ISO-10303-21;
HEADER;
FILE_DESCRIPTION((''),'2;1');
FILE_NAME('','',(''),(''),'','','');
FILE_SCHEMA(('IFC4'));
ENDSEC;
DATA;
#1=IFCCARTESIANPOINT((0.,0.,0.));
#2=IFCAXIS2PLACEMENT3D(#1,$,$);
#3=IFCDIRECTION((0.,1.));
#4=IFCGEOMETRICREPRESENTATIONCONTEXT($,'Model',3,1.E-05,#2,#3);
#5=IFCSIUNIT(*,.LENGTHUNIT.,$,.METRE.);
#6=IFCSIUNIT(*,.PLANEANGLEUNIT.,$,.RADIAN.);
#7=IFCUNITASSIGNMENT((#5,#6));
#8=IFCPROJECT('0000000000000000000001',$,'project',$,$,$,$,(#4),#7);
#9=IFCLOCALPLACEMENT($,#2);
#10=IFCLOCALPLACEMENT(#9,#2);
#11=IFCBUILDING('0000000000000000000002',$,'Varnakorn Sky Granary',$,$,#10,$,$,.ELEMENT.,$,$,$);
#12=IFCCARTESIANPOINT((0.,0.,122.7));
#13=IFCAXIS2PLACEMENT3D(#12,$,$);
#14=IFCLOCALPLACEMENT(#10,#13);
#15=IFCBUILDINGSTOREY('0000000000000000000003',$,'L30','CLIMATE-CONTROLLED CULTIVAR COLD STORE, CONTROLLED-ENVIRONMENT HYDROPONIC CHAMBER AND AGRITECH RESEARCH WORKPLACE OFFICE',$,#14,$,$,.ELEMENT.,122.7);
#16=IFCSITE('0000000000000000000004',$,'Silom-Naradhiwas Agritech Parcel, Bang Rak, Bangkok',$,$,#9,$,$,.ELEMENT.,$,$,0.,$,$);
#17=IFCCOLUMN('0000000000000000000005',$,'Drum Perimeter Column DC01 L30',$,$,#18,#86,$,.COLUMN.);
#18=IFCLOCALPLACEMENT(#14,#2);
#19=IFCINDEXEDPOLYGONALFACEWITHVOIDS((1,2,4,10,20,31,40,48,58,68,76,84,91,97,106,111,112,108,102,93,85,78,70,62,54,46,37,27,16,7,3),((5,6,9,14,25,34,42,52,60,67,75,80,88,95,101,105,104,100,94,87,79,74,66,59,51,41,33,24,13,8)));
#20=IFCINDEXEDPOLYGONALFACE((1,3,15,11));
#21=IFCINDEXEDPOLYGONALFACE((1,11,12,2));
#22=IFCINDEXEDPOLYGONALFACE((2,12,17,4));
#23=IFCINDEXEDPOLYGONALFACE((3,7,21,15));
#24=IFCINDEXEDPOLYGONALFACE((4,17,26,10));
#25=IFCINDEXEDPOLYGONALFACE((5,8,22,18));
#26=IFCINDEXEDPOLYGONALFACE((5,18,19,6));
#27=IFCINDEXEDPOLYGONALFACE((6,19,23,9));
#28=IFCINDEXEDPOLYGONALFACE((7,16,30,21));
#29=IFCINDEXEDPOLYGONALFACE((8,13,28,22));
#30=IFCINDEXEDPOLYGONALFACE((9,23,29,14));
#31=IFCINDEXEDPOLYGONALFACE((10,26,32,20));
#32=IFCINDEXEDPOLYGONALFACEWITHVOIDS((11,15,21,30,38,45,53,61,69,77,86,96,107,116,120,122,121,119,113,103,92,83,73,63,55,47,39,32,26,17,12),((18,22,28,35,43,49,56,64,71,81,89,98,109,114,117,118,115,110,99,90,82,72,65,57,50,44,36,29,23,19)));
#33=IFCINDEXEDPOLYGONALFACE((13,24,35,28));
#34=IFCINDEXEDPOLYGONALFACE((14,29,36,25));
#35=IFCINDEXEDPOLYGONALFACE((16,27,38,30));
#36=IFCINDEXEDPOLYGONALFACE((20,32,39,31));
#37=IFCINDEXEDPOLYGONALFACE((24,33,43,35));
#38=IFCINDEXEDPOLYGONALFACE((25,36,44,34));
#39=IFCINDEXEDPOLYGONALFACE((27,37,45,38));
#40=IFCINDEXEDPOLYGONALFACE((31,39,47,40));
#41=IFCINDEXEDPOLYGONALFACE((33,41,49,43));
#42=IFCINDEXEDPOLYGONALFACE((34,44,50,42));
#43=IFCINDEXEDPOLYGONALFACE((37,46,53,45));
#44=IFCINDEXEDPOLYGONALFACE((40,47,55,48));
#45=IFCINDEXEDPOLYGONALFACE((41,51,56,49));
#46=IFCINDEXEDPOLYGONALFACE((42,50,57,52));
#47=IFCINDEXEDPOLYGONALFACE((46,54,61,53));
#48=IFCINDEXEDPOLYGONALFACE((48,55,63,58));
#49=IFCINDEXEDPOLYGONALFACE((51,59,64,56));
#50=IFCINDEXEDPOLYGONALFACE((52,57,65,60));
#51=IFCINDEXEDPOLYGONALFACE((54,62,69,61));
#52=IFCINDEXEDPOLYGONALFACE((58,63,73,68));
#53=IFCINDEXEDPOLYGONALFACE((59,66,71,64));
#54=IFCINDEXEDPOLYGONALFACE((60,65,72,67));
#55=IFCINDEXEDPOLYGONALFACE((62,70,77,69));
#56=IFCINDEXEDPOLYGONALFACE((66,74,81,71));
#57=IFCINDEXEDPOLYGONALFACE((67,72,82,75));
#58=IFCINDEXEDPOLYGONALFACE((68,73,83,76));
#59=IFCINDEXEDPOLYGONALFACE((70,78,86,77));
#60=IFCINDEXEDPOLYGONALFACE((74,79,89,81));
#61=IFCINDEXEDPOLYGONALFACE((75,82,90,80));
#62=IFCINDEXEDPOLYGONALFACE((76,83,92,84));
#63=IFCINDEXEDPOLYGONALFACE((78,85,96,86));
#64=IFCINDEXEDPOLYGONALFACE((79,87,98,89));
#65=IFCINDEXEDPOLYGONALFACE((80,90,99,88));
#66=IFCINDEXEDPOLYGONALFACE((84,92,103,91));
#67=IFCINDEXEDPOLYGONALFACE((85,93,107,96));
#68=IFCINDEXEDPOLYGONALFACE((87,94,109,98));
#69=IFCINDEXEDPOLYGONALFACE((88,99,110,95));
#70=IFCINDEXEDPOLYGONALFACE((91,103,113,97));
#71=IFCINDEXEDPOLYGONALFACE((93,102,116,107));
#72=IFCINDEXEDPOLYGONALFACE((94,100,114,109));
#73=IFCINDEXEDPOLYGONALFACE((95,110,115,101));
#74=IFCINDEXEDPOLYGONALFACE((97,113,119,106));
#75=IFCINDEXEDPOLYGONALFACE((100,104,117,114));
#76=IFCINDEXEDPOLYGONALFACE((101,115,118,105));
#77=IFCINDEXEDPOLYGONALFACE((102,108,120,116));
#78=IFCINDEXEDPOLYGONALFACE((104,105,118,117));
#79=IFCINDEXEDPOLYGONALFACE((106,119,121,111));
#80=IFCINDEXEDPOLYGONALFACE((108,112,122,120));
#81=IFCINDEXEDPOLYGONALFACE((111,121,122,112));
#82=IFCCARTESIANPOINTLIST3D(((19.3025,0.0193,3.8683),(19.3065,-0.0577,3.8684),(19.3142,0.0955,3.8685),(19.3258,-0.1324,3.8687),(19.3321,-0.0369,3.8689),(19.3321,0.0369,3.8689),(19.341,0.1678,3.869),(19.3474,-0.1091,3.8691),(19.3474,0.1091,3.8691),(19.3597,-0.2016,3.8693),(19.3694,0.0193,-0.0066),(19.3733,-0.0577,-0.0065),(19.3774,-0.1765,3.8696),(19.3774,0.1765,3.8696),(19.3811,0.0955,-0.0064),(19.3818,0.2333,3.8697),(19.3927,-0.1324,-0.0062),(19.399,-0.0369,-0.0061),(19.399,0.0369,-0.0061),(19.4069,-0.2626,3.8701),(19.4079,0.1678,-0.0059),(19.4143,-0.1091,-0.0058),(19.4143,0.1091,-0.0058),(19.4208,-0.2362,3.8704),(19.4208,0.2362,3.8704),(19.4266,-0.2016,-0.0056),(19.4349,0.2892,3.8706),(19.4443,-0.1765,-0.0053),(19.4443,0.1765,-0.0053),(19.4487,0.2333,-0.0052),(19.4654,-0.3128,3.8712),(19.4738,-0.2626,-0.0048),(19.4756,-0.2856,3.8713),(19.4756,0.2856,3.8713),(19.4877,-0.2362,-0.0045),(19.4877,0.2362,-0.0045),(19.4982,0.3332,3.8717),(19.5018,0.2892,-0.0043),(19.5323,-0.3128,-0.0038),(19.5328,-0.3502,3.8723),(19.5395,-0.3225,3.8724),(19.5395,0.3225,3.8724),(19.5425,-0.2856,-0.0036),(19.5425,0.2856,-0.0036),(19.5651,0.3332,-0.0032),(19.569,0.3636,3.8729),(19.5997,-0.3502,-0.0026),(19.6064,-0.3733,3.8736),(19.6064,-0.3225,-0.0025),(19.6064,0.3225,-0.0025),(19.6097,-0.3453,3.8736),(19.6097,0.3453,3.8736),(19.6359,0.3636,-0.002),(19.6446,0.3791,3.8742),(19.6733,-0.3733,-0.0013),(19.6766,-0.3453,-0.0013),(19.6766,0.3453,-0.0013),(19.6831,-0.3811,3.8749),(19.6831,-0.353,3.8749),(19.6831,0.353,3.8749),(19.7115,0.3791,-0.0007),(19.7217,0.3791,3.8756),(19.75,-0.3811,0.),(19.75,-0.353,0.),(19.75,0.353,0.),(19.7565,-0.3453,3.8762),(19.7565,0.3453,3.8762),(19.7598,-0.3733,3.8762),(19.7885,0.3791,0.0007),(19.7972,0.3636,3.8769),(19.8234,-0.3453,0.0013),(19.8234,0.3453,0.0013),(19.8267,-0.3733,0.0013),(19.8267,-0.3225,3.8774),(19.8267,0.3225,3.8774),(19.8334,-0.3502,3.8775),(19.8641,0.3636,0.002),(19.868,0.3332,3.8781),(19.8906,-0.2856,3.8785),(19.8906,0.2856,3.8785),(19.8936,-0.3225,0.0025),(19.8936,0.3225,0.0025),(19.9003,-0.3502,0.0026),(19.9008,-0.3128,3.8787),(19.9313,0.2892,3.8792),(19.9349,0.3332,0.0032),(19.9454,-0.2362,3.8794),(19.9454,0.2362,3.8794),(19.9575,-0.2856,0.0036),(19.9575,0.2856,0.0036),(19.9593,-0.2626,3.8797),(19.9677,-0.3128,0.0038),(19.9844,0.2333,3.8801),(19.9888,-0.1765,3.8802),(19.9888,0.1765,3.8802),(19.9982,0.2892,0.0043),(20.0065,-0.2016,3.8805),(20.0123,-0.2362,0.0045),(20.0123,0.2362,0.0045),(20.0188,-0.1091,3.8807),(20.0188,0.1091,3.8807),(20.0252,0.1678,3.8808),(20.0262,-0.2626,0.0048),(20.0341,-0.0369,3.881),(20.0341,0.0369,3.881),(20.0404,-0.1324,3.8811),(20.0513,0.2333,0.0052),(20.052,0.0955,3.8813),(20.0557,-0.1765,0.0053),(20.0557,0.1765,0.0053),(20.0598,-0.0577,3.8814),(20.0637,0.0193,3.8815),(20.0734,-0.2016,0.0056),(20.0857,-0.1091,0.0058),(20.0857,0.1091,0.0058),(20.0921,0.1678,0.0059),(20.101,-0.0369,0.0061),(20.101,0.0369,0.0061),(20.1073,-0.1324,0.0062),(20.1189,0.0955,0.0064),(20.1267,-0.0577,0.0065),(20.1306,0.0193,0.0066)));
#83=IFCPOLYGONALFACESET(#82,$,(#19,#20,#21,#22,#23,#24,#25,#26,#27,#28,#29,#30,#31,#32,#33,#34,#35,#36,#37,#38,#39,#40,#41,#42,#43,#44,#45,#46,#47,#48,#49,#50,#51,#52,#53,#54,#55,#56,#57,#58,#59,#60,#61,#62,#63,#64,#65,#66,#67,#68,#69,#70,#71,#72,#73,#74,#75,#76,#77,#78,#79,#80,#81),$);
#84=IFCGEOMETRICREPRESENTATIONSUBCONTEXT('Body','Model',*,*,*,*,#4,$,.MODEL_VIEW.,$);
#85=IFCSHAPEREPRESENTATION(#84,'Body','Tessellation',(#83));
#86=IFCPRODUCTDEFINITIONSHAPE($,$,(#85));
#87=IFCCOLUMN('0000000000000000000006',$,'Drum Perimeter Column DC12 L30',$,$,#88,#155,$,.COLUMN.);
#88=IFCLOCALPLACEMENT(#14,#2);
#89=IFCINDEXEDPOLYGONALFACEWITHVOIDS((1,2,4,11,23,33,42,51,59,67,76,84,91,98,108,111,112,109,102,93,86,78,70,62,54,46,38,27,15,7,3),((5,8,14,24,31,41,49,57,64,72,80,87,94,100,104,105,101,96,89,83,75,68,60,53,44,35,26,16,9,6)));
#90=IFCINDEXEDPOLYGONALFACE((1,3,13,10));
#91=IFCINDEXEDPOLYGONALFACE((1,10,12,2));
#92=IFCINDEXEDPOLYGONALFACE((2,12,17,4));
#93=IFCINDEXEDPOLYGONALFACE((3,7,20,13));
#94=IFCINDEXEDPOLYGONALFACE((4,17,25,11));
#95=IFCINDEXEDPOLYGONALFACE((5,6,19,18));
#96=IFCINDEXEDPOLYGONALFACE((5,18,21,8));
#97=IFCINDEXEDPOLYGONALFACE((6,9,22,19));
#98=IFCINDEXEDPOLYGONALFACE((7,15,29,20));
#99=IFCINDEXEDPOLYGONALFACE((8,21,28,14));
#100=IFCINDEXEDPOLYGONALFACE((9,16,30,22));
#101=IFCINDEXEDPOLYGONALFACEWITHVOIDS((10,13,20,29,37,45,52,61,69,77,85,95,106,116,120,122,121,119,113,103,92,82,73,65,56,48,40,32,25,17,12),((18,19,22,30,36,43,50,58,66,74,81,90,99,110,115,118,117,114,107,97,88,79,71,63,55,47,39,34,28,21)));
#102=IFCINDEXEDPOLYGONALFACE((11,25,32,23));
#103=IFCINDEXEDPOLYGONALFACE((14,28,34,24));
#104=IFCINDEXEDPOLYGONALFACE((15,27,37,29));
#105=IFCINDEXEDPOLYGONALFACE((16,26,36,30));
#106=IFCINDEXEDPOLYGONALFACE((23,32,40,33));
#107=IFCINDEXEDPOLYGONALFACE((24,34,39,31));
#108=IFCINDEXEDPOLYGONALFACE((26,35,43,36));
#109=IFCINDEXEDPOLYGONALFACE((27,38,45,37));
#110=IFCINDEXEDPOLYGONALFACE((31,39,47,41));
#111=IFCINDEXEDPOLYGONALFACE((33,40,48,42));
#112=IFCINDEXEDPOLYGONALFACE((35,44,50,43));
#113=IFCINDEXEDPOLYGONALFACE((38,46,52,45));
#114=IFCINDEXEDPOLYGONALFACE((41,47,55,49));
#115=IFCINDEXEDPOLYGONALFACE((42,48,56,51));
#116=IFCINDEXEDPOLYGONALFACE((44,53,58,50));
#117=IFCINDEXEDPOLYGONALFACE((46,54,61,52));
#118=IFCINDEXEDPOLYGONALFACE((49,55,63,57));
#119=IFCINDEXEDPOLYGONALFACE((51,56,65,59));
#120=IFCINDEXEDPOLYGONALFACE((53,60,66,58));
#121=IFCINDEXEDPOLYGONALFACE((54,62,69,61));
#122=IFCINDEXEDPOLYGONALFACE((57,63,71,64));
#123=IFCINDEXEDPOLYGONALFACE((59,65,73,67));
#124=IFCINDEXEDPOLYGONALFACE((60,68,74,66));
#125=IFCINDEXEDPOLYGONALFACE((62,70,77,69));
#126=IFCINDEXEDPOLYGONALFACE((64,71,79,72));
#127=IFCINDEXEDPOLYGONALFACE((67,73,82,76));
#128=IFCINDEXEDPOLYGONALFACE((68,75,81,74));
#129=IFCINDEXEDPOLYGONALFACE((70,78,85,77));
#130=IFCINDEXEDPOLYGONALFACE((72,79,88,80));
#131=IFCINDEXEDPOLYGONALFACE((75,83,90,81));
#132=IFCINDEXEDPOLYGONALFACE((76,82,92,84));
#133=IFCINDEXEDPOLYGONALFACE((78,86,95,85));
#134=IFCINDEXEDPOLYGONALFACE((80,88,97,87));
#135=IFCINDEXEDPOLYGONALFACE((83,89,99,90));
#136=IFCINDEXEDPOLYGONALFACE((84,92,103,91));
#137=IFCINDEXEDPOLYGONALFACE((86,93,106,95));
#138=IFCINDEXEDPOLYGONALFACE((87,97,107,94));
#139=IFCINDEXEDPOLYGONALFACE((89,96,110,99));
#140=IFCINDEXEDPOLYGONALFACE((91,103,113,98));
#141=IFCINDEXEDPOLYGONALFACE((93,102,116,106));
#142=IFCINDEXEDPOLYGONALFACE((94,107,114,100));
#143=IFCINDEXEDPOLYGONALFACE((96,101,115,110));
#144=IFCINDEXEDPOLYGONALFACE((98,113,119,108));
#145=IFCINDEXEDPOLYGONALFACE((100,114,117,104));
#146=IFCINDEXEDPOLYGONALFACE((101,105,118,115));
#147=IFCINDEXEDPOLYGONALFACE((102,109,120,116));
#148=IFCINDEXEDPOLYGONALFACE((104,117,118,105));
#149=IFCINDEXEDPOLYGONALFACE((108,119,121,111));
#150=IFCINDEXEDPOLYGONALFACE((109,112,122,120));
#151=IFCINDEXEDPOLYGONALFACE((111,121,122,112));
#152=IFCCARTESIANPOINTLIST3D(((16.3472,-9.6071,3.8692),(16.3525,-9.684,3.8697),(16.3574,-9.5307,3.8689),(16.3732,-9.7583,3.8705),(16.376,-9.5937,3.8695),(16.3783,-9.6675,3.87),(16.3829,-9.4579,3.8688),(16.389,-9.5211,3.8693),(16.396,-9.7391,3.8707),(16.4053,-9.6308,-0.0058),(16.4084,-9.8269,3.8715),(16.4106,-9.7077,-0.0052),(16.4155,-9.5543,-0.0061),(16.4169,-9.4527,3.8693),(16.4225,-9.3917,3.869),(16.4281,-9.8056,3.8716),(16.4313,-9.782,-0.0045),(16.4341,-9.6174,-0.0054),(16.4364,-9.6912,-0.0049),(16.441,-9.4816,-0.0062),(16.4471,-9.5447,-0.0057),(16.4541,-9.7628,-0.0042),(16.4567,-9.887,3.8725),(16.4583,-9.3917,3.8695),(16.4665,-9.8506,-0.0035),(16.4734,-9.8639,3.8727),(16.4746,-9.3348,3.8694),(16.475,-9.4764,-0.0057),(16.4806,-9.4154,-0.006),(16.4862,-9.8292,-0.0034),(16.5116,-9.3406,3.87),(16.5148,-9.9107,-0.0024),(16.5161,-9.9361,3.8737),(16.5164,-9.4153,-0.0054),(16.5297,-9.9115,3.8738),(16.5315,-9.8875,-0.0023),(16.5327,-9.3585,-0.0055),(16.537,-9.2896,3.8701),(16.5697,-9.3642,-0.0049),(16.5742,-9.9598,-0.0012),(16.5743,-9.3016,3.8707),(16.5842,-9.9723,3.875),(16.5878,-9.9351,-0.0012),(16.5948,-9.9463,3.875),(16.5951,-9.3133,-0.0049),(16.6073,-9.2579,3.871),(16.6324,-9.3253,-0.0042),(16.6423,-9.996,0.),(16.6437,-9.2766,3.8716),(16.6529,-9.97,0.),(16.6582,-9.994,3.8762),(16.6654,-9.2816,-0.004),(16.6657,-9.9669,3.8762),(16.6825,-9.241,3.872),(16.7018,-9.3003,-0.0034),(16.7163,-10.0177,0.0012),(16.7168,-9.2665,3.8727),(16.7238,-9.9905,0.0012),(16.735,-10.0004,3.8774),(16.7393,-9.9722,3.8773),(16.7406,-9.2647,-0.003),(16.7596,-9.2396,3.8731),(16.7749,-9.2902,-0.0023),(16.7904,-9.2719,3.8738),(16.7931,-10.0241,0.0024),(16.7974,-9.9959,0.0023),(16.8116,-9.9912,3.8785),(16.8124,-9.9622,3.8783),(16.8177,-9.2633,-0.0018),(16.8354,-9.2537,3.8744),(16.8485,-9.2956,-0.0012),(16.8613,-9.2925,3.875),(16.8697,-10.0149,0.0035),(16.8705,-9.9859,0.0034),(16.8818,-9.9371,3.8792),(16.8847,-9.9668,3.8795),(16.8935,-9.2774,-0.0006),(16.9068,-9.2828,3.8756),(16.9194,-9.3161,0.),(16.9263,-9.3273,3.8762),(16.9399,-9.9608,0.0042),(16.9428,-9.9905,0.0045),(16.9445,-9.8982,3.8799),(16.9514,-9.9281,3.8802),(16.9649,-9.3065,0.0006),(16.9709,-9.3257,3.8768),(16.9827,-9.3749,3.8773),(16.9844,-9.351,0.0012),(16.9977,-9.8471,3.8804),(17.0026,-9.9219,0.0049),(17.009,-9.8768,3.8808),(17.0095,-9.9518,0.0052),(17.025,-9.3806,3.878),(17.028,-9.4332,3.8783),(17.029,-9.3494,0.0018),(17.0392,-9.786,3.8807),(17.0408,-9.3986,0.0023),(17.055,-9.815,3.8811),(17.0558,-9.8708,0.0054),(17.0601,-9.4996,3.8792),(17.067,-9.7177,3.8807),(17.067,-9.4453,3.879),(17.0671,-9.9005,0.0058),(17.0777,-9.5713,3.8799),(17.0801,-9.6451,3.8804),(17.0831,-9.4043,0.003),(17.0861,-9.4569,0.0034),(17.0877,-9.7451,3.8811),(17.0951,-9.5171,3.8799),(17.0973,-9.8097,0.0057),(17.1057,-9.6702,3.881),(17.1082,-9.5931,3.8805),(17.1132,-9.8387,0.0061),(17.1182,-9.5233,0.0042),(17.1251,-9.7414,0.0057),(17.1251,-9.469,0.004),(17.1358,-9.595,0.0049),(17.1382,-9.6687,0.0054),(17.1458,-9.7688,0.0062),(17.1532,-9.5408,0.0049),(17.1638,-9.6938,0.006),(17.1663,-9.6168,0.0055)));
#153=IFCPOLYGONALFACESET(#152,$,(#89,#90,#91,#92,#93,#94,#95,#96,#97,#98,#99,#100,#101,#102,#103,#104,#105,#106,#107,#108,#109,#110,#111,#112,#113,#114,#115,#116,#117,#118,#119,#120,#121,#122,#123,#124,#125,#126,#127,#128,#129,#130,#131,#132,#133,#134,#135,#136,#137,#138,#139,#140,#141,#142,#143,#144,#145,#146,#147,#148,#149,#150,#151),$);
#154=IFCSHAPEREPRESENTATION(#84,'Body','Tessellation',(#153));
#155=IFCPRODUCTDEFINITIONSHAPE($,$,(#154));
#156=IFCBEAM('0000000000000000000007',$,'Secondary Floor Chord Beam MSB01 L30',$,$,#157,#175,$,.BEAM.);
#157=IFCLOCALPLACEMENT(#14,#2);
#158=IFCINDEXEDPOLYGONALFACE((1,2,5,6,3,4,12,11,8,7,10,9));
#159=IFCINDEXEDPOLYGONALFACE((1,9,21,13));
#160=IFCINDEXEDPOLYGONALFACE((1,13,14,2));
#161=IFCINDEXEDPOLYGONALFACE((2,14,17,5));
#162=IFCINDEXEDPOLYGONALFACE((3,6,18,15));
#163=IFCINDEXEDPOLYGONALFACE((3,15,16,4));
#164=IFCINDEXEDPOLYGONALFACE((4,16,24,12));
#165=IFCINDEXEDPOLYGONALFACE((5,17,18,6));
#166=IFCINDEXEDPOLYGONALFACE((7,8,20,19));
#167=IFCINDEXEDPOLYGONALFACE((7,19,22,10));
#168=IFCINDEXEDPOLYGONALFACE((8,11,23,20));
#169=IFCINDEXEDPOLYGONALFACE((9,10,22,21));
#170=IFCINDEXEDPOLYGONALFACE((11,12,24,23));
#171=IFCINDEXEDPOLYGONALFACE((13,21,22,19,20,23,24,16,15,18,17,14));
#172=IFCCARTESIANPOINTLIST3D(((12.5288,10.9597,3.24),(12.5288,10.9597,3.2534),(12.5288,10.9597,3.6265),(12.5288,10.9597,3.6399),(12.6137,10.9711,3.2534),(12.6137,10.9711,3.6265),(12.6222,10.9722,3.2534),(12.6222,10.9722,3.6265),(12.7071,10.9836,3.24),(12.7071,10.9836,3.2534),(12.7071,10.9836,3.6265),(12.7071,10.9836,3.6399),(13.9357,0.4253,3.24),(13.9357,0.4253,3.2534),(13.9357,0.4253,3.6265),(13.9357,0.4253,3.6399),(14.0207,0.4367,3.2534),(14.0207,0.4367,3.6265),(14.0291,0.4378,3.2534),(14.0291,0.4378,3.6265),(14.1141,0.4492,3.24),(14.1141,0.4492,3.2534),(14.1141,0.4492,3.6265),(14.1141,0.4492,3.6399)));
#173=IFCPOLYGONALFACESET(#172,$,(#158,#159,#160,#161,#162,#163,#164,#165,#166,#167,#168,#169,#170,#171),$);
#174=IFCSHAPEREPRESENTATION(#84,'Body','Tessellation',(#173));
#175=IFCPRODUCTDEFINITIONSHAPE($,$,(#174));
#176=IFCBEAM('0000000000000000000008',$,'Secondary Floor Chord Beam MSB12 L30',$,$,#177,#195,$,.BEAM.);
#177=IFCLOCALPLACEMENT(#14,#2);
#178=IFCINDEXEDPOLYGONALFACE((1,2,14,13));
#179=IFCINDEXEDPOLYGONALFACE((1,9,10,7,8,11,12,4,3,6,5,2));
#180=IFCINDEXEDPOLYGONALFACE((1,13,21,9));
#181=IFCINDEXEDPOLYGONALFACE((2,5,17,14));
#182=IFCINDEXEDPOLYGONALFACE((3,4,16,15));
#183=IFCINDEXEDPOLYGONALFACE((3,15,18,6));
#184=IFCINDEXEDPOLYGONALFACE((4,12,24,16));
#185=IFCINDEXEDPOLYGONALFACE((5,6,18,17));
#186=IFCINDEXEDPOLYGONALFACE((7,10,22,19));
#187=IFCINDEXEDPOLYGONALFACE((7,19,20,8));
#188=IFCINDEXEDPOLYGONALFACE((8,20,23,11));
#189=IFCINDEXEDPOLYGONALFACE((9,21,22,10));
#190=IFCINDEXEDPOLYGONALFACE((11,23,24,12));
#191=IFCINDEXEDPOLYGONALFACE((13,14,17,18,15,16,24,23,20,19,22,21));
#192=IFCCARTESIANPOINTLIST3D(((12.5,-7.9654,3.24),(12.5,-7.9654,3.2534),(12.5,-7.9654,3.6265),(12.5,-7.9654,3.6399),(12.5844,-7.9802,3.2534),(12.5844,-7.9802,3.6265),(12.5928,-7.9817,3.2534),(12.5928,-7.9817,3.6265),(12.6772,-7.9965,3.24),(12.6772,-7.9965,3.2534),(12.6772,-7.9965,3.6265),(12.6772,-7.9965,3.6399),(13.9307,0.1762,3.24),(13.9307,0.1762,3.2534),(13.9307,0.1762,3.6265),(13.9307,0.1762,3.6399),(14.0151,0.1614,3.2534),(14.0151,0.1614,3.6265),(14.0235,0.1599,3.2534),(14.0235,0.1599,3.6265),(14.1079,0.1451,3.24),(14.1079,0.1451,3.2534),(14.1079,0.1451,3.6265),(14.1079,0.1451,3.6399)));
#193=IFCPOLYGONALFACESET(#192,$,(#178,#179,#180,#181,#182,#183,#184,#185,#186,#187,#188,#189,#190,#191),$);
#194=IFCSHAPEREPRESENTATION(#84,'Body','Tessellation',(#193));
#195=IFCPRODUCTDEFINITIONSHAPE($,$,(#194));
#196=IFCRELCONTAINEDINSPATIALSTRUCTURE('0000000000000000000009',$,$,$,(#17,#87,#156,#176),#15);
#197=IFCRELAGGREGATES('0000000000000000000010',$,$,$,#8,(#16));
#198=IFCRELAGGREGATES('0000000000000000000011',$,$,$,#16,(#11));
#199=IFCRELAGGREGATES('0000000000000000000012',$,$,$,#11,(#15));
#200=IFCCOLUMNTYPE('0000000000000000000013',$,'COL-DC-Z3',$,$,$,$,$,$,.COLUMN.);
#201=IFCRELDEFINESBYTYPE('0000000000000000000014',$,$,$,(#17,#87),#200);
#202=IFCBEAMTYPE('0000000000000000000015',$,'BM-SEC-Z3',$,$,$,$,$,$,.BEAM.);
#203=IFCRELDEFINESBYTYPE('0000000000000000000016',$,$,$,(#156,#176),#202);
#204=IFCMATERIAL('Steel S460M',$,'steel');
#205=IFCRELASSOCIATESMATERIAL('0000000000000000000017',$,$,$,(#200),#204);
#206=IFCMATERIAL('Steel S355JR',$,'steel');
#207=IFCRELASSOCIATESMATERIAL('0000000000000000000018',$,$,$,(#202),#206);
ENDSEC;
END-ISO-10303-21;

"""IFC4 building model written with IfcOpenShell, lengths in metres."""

from ifc_helpers import new_model, si_unit, direction, frame, origin, origin_2d, place, context, subcontext, project, spatial, hollow_circle, i_section, extrude, material, material_profile, profile_set, type_object, element, save


model = new_model("IFC4")

# Units and contexts
model_context = context("Model", 3, precision=1e-05, world=origin(), true_north=direction((0.0, 1.0)))
body_context = subcontext(model_context, "Body", "Model", "MODEL_VIEW")
ifc_project = project(units=[si_unit("LENGTHUNIT", "METRE"), si_unit("PLANEANGLEUNIT", "RADIAN")], contexts=[model_context])

# Site, building, storey
site_placement = place(None, origin())
site = spatial("IfcSite", under=ifc_project, at=site_placement, Name="Silom-Naradhiwas Agritech Parcel, Bang Rak, Bangkok", CompositionType="ELEMENT", RefElevation=0.0)
building_placement = place(site_placement, origin())
building = spatial("IfcBuilding", under=site, at=building_placement, Name="Varnakorn Sky Granary", CompositionType="ELEMENT")
storey_placement = place(building_placement, frame((0.0, 0.0, 122.7)))
storey = spatial("IfcBuildingStorey", under=building, at=storey_placement, Name="L30", Description="CLIMATE-CONTROLLED CULTIVAR COLD STORE, CONTROLLED-ENVIRONMENT HYDROPONIC CHAMBER AND AGRITECH RESEARCH WORKPLACE OFFICE", CompositionType="ELEMENT", Elevation=122.7)

# Columns
ifc_material_1 = material(Name="Steel S460M", Category="steel")
ifc_material_profile_1 = material_profile(ifc_material_1, hollow_circle(Radius=0.3811, WallThickness=0.0281, at=origin_2d()), Name="CHS 762x28")
ifc_profile_set_1 = profile_set([ifc_material_profile_1], Name="Steel S460M")
column_type = type_object("IfcColumnType", Name="COL-DC-Z3", PredefinedType="COLUMN", material=ifc_profile_set_1)
for number, where, z_axis, x_axis, name in (
    (1, (19.75, 0.0, 0.0), (-0.017261, 0.0, 0.999851), (0.0, -1.0, 0.0), "Drum Perimeter Column DC01 L30"),
    (2, (16.7861, -9.6431, 0.0), (-0.014993, 0.006111, 0.999869), (-0.37742, -0.926042, 0.0), "Drum Perimeter Column DC12 L30"),
):
    element("IfcColumn", number, at=place(storey_placement, frame(where, z_axis=z_axis, x_axis=x_axis)), inside=storey, type_object=column_type, Name=name, PredefinedType="COLUMN", context=body_context, shape_type="SweptSolid", body=[
        extrude(hollow_circle(Radius=0.3811, WallThickness=0.0281, at=origin_2d()), origin(), (0.0, 0.0, 1.0), 3.8755),
    ])

# Beams
ifc_material_2 = material(Name="Steel S355JR", Category="steel")
ifc_material_profile_2 = material_profile(ifc_material_2, i_section(OverallWidth=0.1799, OverallDepth=0.3999, WebThickness=0.0085, FlangeThickness=0.0134, at=origin_2d()), Name="IPE 400")
ifc_profile_set_2 = profile_set([ifc_material_profile_2], Name="Steel S355JR")
beam_type_1 = type_object("IfcBeamType", Name="BM-SEC-Z3", PredefinedType="BEAM", material=ifc_profile_set_2)
beam_1_placement = place(storey_placement, frame((14.0249, 0.4373, 3.4399), z_axis=(-0.132385, 0.991198, 0.0), x_axis=(-0.991198, -0.132385, 0.0)))
element("IfcBeam", 3, at=beam_1_placement, inside=storey, type_object=beam_type_1, Name="Secondary Floor Chord Beam MSB01 L30", PredefinedType="BEAM", context=body_context, shape_type="SweptSolid", body=[
    extrude(i_section(OverallWidth=0.1799, OverallDepth=0.3999, WebThickness=0.0085, FlangeThickness=0.0134, at=origin_2d()), origin(), (0.0, 0.0, 1.0), 10.6279),
])
beam_2_placement = place(storey_placement, frame((12.5886, -7.981, 3.4399), z_axis=(0.173071, 0.984909, 0.0), x_axis=(-0.984909, 0.173071, 0.0)))
element("IfcBeam", 4, at=beam_2_placement, inside=storey, type_object=beam_type_1, Name="Secondary Floor Chord Beam MSB12 L30", PredefinedType="BEAM", context=body_context, shape_type="SweptSolid", body=[
    extrude(i_section(OverallWidth=0.1799, OverallDepth=0.3999, WebThickness=0.0085, FlangeThickness=0.0134, at=origin_2d()), origin(), (0.0, 0.0, 1.0), 8.2664),
])

save(model, "model.ifc")
